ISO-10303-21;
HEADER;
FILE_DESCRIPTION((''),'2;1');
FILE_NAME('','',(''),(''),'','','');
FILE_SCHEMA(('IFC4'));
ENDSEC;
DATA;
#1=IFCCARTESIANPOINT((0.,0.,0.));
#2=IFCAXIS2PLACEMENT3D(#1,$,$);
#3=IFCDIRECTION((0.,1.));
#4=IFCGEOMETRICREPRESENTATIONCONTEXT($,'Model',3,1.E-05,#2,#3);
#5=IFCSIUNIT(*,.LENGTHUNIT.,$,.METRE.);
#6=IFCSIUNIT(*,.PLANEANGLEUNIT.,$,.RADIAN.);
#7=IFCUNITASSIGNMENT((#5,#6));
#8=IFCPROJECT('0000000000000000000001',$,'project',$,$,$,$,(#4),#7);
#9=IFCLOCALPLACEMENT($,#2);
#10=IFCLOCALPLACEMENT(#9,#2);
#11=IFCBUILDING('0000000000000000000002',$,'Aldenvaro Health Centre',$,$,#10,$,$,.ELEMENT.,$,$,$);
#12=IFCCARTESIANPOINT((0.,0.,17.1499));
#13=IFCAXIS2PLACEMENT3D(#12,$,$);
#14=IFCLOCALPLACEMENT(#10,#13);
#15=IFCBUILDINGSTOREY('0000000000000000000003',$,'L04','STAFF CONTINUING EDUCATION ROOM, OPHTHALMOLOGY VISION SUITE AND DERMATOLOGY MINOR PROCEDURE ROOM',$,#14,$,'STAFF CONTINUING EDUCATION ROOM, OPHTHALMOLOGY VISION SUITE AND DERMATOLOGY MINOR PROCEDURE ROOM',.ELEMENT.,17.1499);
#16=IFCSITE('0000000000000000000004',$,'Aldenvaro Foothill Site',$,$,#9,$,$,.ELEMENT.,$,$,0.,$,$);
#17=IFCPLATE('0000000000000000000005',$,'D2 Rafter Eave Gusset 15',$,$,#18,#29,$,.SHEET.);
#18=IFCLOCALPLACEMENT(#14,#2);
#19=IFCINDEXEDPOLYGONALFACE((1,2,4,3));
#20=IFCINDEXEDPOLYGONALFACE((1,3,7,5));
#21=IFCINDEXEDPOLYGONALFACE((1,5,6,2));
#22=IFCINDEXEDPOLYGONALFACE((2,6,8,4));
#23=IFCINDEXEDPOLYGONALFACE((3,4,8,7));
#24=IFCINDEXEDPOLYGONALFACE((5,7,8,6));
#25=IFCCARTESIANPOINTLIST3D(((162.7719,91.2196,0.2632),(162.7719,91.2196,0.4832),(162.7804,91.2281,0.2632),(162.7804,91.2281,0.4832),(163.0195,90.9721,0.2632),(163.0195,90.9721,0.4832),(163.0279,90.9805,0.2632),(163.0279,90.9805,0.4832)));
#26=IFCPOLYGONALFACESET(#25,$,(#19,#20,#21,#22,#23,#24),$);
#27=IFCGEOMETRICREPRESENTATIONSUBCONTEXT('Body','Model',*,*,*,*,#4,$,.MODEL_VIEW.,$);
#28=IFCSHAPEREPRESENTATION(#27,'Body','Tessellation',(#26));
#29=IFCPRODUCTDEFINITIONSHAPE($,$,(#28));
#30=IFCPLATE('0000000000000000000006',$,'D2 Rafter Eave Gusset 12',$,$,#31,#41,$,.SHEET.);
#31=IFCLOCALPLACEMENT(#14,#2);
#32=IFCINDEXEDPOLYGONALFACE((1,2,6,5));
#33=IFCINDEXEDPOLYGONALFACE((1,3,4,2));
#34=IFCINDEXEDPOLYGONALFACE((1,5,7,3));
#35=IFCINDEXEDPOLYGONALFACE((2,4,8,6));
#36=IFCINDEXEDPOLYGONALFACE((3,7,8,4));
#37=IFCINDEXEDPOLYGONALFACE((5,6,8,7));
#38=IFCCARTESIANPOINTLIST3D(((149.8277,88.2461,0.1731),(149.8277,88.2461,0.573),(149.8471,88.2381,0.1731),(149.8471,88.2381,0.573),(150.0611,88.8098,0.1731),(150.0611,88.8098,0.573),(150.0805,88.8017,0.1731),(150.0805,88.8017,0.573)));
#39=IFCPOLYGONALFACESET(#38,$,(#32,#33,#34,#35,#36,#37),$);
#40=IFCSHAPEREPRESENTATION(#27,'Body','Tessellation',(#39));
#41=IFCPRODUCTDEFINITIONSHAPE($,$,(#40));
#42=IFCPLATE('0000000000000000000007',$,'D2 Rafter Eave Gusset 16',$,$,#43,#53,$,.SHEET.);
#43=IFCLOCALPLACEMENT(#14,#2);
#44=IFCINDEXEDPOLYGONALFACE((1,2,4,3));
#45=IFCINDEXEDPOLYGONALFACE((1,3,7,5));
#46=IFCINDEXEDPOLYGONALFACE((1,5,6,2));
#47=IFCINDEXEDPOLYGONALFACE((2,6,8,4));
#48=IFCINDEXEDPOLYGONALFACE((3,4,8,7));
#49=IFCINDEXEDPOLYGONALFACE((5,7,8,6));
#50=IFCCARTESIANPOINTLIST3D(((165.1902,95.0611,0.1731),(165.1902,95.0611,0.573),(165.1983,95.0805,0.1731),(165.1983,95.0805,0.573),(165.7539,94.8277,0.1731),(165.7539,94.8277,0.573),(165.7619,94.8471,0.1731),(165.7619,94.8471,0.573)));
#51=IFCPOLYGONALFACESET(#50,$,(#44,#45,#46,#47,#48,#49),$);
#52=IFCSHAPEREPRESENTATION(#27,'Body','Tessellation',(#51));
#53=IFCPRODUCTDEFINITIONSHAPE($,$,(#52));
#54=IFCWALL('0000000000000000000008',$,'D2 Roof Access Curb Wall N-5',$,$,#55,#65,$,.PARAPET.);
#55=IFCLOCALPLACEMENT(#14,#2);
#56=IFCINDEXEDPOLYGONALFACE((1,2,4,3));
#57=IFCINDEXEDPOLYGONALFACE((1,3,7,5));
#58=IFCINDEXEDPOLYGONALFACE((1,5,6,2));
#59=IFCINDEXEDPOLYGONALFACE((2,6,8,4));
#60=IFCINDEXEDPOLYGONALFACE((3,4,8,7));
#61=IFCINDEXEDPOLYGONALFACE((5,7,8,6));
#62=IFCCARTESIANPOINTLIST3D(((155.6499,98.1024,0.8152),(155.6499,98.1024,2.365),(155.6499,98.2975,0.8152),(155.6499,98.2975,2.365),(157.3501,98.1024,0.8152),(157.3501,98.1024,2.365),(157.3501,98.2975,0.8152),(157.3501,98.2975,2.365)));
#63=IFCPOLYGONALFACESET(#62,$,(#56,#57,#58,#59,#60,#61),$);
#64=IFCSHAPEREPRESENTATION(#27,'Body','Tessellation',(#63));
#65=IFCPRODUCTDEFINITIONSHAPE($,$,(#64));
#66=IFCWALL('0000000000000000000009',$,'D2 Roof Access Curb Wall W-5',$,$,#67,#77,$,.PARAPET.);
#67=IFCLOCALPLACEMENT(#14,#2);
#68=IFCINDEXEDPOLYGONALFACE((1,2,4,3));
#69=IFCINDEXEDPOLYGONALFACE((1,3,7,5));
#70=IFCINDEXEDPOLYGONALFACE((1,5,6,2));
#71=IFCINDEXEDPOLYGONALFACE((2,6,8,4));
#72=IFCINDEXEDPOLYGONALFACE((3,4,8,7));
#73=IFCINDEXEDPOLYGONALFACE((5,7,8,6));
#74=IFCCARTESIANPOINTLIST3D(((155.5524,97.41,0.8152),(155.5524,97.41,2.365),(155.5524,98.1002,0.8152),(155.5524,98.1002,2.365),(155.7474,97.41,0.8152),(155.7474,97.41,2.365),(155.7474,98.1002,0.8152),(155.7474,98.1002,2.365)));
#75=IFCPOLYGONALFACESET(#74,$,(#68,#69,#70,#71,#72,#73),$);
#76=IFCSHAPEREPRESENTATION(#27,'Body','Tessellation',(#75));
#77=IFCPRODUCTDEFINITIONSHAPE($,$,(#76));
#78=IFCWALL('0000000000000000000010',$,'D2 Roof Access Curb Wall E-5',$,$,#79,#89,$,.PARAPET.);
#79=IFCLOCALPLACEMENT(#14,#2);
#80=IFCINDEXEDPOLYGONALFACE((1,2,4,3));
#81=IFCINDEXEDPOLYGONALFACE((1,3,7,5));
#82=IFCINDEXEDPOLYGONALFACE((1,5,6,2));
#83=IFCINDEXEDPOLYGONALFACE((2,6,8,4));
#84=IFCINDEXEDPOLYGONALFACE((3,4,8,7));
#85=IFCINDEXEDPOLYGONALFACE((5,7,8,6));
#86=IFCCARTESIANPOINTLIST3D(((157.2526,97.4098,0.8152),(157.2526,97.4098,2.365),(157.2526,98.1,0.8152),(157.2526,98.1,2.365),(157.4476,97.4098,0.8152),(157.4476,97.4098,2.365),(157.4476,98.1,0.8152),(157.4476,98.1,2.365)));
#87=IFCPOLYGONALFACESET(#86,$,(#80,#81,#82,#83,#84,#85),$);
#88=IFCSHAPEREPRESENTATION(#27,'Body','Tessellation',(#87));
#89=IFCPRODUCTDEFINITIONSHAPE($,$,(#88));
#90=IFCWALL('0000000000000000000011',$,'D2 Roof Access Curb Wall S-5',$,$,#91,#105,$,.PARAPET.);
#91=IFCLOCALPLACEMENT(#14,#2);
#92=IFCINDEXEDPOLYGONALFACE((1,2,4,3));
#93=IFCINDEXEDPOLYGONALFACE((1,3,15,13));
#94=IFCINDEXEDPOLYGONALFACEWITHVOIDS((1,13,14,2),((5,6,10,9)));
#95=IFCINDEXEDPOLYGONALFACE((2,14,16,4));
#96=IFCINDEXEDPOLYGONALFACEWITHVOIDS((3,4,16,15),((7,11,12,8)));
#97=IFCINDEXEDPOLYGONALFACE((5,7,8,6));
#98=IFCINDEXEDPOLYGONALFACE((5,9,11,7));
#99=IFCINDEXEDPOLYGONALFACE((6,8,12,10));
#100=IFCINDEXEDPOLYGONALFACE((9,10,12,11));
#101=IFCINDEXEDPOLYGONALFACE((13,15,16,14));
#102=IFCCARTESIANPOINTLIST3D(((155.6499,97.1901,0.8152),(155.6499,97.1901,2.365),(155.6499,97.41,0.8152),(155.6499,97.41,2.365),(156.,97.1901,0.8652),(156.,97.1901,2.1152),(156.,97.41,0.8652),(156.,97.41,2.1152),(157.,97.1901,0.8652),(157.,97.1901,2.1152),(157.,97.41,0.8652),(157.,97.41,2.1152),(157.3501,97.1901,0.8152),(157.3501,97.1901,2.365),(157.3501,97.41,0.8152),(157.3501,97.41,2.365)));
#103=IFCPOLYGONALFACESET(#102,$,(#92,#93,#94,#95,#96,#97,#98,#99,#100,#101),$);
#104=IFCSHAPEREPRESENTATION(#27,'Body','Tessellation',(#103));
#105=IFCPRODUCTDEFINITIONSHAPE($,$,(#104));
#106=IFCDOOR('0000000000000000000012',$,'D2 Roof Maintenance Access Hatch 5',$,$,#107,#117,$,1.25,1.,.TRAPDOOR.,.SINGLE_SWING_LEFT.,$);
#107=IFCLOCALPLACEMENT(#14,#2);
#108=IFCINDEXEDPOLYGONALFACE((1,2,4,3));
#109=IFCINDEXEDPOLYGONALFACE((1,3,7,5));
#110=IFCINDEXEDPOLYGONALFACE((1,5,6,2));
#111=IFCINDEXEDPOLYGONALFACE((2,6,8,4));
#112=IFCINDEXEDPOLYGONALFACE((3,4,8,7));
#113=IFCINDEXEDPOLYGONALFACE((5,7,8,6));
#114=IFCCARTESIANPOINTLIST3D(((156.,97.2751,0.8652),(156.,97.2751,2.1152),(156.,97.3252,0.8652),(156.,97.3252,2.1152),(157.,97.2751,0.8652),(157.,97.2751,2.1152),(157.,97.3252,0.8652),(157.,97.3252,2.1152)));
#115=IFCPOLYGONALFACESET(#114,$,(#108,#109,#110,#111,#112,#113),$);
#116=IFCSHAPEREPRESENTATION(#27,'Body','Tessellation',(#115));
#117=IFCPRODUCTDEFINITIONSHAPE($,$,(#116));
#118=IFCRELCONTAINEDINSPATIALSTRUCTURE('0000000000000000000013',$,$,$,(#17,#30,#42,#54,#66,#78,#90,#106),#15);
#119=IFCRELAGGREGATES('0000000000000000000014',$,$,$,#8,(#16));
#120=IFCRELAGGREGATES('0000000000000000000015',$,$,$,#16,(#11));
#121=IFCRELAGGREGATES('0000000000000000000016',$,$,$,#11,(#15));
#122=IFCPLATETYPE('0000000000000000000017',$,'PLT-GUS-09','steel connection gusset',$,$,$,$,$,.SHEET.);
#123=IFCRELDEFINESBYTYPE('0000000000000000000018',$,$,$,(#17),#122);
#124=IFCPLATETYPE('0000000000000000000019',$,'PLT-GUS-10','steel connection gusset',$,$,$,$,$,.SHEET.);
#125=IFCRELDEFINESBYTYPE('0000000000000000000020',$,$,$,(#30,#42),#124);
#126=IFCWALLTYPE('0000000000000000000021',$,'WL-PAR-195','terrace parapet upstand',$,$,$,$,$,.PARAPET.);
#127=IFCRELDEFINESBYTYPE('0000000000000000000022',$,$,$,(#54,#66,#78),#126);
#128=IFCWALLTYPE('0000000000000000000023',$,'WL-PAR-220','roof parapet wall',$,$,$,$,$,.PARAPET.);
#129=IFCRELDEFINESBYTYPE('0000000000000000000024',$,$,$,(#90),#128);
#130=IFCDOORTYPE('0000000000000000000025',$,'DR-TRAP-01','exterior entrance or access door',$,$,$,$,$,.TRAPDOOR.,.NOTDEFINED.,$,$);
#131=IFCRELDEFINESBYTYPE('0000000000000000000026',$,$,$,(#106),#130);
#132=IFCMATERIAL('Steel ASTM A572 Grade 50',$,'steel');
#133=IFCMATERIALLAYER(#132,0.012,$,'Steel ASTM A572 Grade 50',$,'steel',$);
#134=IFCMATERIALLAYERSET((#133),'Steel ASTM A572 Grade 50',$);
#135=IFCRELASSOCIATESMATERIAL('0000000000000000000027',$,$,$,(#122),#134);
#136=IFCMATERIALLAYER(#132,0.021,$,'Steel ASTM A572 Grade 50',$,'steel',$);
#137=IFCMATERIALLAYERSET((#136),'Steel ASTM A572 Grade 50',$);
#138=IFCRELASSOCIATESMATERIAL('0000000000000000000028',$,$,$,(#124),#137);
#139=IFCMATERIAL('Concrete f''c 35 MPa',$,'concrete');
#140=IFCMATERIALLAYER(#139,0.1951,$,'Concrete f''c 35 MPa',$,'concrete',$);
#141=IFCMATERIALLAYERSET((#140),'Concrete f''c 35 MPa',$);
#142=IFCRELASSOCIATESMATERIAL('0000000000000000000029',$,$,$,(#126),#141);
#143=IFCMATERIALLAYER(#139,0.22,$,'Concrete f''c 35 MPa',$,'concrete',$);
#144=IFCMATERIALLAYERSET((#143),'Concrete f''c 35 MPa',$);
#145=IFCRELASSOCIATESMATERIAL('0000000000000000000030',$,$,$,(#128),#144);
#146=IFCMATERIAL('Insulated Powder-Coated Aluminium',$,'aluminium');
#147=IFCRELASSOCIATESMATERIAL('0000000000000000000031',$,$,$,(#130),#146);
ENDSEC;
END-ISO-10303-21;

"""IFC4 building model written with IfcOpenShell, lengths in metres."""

from ifc_helpers import new_model, si_unit, direction, frame, frame_2d, origin, origin_2d, place, context, subcontext, project, spatial, rectangle, extrude, material, layer, layer_set, type_object, element, fill, save


model = new_model("IFC4")

# Units and contexts
model_context = context("Model", 3, precision=1e-05, world=origin(), true_north=direction((0.0, 1.0)))
body_context = subcontext(model_context, "Body", "Model", "MODEL_VIEW")
ifc_project = project(units=[si_unit("LENGTHUNIT", "METRE"), si_unit("PLANEANGLEUNIT", "RADIAN")], contexts=[model_context])

# Site, building, storey
site_placement = place(None, origin())
site = spatial("IfcSite", under=ifc_project, at=site_placement, Name="Aldenvaro Foothill Site", CompositionType="ELEMENT", RefElevation=0.0)
building_placement = place(site_placement, origin())
building = spatial("IfcBuilding", under=site, at=building_placement, Name="Aldenvaro Health Centre", CompositionType="ELEMENT")
storey_placement = place(building_placement, frame((0.0, 0.0, 17.1499)))
storey = spatial("IfcBuildingStorey", under=building, at=storey_placement, Name="L04", Description="STAFF CONTINUING EDUCATION ROOM, OPHTHALMOLOGY VISION SUITE AND DERMATOLOGY MINOR PROCEDURE ROOM", LongName="STAFF CONTINUING EDUCATION ROOM, OPHTHALMOLOGY VISION SUITE AND DERMATOLOGY MINOR PROCEDURE ROOM", CompositionType="ELEMENT", Elevation=17.1499)

# Plates
ifc_material_1 = material(Name="Steel ASTM A572 Grade 50", Category="steel")
ifc_layer_1 = layer(ifc_material_1, 0.012, Name="Steel ASTM A572 Grade 50", Category="steel")
ifc_layer_set_1 = layer_set([ifc_layer_1], Name="Steel ASTM A572 Grade 50")
plate_type_1 = type_object("IfcPlateType", Name="PLT-GUS-09", Description="steel connection gusset", PredefinedType="SHEET", material=ifc_layer_set_1)
for number, where, z_axis, x_axis, name in (
    (1, (162.8999, 91.1001, 0.2632), (0.0, 0.0, 1.0), (0.707107, -0.707107, 0.0), "D2 Rafter Eave Gusset 15"),
):
    element("IfcPlate", number, at=place(storey_placement, frame(where, z_axis=z_axis, x_axis=x_axis)), inside=storey, type_object=plate_type_1, Name=name, PredefinedType="SHEET", context=body_context, shape_type="SweptSolid", body=[
        extrude(rectangle(XDim=0.3501, YDim=0.012, at=origin_2d()), origin(), (0.0, 0.0, 1.0), 0.22),
    ])
ifc_layer_2 = layer(ifc_material_1, 0.021, Name="Steel ASTM A572 Grade 50", Category="steel")
ifc_layer_set_2 = layer_set([ifc_layer_2], Name="Steel ASTM A572 Grade 50")
plate_type_2 = type_object("IfcPlateType", Name="PLT-GUS-10", Description="steel connection gusset", PredefinedType="SHEET", material=ifc_layer_set_2)
for number, where, z_axis, x_axis, name in (
    (2, (149.9541, 88.5239, 0.1731), (0.0, 0.0, 1.0), (-0.382654, -0.923892, 0.0), "D2 Rafter Eave Gusset 12"),
    (3, (165.4761, 94.9541, 0.1731), (0.0, 0.0, 1.0), (0.923892, -0.382654, 0.0), "D2 Rafter Eave Gusset 16"),
):
    element("IfcPlate", number, at=place(storey_placement, frame(where, z_axis=z_axis, x_axis=x_axis)), inside=storey, type_object=plate_type_2, Name=name, PredefinedType="SHEET", context=body_context, shape_type="SweptSolid", body=[
        extrude(rectangle(XDim=0.6101, YDim=0.021, at=origin_2d()), origin(), (0.0, 0.0, 1.0), 0.3999),
    ])

# Walls
ifc_material_2 = material(Name="Concrete f'c 35 MPa", Category="concrete")
ifc_layer_3 = layer(ifc_material_2, 0.1951, Name="Concrete f'c 35 MPa", Category="concrete")
ifc_layer_set_3 = layer_set([ifc_layer_3], Name="Concrete f'c 35 MPa")
wall_type_1 = type_object("IfcWallType", Name="WL-PAR-195", Description="terrace parapet upstand", PredefinedType="PARAPET", material=ifc_layer_set_3)
wall_1_placement = place(storey_placement, frame((155.6499, 98.2, 0.8152), z_axis=(0.0, 0.0, 1.0), x_axis=(1.0, 0.0, 0.0)))
element("IfcWall", 4, at=wall_1_placement, inside=storey, type_object=wall_type_1, Name="D2 Roof Access Curb Wall N-5", PredefinedType="PARAPET", context=body_context, shape_type="SweptSolid", body=[
    extrude(rectangle(XDim=1.7002, YDim=0.1951, at=frame_2d((0.8501, 0.0))), origin(), (0.0, 0.0, 1.0), 1.5498),
])
for number, where, z_axis, x_axis, name in (
    (5, (155.6499, 97.4099, 0.8152), (0.0, 0.0, 1.0), (0.0, 1.0, 0.0), "D2 Roof Access Curb Wall W-5"),
    (6, (157.3501, 98.1001, 0.8152), (0.0, 0.0, 1.0), (0.0, -1.0, 0.0), "D2 Roof Access Curb Wall E-5"),
):
    element("IfcWall", number, at=place(storey_placement, frame(where, z_axis=z_axis, x_axis=x_axis)), inside=storey, type_object=wall_type_1, Name=name, PredefinedType="PARAPET", context=body_context, shape_type="SweptSolid", body=[
        extrude(rectangle(XDim=0.6902, YDim=0.1951, at=frame_2d((0.3452, 0.0))), origin(), (0.0, 0.0, 1.0), 1.5498),
    ])

# Wall, opening, door
ifc_layer_4 = layer(ifc_material_2, 0.22, Name="Concrete f'c 35 MPa", Category="concrete")
ifc_layer_set_4 = layer_set([ifc_layer_4], Name="Concrete f'c 35 MPa")
wall_type_2 = type_object("IfcWallType", Name="WL-PAR-220", Description="roof parapet wall", PredefinedType="PARAPET", material=ifc_layer_set_4)
wall_2_placement = place(storey_placement, frame((157.3501, 97.3, 0.8152), z_axis=(0.0, 0.0, 1.0), x_axis=(-1.0, 0.0, 0.0)))
wall_2 = element("IfcWall", 7, at=wall_2_placement, inside=storey, type_object=wall_type_2, Name="D2 Roof Access Curb Wall S-5", PredefinedType="PARAPET", context=body_context, shape_type="SweptSolid", body=[
    extrude(rectangle(XDim=1.7002, YDim=0.22, at=frame_2d((0.8501, 0.0))), origin(), (0.0, 0.0, 1.0), 1.5498),
])
opening_placement = place(wall_2_placement, frame((0.3501, 0.0, 0.05)))
opening = element("IfcOpeningElement", 8, at=opening_placement, cuts=wall_2, PredefinedType="OPENING", context=body_context, shape_type="SweptSolid", body=[
    extrude(rectangle(XDim=1.0, YDim=1.25, at=frame_2d((0.5, 0.625))), frame((0.0, 0.1201, 0.0), z_axis=(0.0, -1.0, 0.0), x_axis=(1.0, 0.0, 0.0)), (0.0, 0.0, 1.0), 0.24),
])
ifc_material_3 = material(Name="Insulated Powder-Coated Aluminium", Category="aluminium")
door_type = type_object("IfcDoorType", Name="DR-TRAP-01", Description="exterior entrance or access door", OperationType="NOTDEFINED", PredefinedType="TRAPDOOR", material=ifc_material_3)
door_placement = place(opening_placement, origin())
door = element("IfcDoor", 9, at=door_placement, inside=storey, type_object=door_type, Name="D2 Roof Maintenance Access Hatch 5", OperationType="SINGLE_SWING_LEFT", OverallHeight=1.25, OverallWidth=1.0, PredefinedType="TRAPDOOR", context=body_context, shape_type="SweptSolid", body=[
    extrude(rectangle(XDim=1.0, YDim=1.25, at=frame_2d((0.5, 0.625))), frame((0.0, 0.0249, 0.0), z_axis=(0.0, -1.0, 0.0), x_axis=(1.0, 0.0, 0.0)), (0.0, 0.0, 1.0), 0.05),
])
fill(opening, door)

save(model, "model.ifc")
